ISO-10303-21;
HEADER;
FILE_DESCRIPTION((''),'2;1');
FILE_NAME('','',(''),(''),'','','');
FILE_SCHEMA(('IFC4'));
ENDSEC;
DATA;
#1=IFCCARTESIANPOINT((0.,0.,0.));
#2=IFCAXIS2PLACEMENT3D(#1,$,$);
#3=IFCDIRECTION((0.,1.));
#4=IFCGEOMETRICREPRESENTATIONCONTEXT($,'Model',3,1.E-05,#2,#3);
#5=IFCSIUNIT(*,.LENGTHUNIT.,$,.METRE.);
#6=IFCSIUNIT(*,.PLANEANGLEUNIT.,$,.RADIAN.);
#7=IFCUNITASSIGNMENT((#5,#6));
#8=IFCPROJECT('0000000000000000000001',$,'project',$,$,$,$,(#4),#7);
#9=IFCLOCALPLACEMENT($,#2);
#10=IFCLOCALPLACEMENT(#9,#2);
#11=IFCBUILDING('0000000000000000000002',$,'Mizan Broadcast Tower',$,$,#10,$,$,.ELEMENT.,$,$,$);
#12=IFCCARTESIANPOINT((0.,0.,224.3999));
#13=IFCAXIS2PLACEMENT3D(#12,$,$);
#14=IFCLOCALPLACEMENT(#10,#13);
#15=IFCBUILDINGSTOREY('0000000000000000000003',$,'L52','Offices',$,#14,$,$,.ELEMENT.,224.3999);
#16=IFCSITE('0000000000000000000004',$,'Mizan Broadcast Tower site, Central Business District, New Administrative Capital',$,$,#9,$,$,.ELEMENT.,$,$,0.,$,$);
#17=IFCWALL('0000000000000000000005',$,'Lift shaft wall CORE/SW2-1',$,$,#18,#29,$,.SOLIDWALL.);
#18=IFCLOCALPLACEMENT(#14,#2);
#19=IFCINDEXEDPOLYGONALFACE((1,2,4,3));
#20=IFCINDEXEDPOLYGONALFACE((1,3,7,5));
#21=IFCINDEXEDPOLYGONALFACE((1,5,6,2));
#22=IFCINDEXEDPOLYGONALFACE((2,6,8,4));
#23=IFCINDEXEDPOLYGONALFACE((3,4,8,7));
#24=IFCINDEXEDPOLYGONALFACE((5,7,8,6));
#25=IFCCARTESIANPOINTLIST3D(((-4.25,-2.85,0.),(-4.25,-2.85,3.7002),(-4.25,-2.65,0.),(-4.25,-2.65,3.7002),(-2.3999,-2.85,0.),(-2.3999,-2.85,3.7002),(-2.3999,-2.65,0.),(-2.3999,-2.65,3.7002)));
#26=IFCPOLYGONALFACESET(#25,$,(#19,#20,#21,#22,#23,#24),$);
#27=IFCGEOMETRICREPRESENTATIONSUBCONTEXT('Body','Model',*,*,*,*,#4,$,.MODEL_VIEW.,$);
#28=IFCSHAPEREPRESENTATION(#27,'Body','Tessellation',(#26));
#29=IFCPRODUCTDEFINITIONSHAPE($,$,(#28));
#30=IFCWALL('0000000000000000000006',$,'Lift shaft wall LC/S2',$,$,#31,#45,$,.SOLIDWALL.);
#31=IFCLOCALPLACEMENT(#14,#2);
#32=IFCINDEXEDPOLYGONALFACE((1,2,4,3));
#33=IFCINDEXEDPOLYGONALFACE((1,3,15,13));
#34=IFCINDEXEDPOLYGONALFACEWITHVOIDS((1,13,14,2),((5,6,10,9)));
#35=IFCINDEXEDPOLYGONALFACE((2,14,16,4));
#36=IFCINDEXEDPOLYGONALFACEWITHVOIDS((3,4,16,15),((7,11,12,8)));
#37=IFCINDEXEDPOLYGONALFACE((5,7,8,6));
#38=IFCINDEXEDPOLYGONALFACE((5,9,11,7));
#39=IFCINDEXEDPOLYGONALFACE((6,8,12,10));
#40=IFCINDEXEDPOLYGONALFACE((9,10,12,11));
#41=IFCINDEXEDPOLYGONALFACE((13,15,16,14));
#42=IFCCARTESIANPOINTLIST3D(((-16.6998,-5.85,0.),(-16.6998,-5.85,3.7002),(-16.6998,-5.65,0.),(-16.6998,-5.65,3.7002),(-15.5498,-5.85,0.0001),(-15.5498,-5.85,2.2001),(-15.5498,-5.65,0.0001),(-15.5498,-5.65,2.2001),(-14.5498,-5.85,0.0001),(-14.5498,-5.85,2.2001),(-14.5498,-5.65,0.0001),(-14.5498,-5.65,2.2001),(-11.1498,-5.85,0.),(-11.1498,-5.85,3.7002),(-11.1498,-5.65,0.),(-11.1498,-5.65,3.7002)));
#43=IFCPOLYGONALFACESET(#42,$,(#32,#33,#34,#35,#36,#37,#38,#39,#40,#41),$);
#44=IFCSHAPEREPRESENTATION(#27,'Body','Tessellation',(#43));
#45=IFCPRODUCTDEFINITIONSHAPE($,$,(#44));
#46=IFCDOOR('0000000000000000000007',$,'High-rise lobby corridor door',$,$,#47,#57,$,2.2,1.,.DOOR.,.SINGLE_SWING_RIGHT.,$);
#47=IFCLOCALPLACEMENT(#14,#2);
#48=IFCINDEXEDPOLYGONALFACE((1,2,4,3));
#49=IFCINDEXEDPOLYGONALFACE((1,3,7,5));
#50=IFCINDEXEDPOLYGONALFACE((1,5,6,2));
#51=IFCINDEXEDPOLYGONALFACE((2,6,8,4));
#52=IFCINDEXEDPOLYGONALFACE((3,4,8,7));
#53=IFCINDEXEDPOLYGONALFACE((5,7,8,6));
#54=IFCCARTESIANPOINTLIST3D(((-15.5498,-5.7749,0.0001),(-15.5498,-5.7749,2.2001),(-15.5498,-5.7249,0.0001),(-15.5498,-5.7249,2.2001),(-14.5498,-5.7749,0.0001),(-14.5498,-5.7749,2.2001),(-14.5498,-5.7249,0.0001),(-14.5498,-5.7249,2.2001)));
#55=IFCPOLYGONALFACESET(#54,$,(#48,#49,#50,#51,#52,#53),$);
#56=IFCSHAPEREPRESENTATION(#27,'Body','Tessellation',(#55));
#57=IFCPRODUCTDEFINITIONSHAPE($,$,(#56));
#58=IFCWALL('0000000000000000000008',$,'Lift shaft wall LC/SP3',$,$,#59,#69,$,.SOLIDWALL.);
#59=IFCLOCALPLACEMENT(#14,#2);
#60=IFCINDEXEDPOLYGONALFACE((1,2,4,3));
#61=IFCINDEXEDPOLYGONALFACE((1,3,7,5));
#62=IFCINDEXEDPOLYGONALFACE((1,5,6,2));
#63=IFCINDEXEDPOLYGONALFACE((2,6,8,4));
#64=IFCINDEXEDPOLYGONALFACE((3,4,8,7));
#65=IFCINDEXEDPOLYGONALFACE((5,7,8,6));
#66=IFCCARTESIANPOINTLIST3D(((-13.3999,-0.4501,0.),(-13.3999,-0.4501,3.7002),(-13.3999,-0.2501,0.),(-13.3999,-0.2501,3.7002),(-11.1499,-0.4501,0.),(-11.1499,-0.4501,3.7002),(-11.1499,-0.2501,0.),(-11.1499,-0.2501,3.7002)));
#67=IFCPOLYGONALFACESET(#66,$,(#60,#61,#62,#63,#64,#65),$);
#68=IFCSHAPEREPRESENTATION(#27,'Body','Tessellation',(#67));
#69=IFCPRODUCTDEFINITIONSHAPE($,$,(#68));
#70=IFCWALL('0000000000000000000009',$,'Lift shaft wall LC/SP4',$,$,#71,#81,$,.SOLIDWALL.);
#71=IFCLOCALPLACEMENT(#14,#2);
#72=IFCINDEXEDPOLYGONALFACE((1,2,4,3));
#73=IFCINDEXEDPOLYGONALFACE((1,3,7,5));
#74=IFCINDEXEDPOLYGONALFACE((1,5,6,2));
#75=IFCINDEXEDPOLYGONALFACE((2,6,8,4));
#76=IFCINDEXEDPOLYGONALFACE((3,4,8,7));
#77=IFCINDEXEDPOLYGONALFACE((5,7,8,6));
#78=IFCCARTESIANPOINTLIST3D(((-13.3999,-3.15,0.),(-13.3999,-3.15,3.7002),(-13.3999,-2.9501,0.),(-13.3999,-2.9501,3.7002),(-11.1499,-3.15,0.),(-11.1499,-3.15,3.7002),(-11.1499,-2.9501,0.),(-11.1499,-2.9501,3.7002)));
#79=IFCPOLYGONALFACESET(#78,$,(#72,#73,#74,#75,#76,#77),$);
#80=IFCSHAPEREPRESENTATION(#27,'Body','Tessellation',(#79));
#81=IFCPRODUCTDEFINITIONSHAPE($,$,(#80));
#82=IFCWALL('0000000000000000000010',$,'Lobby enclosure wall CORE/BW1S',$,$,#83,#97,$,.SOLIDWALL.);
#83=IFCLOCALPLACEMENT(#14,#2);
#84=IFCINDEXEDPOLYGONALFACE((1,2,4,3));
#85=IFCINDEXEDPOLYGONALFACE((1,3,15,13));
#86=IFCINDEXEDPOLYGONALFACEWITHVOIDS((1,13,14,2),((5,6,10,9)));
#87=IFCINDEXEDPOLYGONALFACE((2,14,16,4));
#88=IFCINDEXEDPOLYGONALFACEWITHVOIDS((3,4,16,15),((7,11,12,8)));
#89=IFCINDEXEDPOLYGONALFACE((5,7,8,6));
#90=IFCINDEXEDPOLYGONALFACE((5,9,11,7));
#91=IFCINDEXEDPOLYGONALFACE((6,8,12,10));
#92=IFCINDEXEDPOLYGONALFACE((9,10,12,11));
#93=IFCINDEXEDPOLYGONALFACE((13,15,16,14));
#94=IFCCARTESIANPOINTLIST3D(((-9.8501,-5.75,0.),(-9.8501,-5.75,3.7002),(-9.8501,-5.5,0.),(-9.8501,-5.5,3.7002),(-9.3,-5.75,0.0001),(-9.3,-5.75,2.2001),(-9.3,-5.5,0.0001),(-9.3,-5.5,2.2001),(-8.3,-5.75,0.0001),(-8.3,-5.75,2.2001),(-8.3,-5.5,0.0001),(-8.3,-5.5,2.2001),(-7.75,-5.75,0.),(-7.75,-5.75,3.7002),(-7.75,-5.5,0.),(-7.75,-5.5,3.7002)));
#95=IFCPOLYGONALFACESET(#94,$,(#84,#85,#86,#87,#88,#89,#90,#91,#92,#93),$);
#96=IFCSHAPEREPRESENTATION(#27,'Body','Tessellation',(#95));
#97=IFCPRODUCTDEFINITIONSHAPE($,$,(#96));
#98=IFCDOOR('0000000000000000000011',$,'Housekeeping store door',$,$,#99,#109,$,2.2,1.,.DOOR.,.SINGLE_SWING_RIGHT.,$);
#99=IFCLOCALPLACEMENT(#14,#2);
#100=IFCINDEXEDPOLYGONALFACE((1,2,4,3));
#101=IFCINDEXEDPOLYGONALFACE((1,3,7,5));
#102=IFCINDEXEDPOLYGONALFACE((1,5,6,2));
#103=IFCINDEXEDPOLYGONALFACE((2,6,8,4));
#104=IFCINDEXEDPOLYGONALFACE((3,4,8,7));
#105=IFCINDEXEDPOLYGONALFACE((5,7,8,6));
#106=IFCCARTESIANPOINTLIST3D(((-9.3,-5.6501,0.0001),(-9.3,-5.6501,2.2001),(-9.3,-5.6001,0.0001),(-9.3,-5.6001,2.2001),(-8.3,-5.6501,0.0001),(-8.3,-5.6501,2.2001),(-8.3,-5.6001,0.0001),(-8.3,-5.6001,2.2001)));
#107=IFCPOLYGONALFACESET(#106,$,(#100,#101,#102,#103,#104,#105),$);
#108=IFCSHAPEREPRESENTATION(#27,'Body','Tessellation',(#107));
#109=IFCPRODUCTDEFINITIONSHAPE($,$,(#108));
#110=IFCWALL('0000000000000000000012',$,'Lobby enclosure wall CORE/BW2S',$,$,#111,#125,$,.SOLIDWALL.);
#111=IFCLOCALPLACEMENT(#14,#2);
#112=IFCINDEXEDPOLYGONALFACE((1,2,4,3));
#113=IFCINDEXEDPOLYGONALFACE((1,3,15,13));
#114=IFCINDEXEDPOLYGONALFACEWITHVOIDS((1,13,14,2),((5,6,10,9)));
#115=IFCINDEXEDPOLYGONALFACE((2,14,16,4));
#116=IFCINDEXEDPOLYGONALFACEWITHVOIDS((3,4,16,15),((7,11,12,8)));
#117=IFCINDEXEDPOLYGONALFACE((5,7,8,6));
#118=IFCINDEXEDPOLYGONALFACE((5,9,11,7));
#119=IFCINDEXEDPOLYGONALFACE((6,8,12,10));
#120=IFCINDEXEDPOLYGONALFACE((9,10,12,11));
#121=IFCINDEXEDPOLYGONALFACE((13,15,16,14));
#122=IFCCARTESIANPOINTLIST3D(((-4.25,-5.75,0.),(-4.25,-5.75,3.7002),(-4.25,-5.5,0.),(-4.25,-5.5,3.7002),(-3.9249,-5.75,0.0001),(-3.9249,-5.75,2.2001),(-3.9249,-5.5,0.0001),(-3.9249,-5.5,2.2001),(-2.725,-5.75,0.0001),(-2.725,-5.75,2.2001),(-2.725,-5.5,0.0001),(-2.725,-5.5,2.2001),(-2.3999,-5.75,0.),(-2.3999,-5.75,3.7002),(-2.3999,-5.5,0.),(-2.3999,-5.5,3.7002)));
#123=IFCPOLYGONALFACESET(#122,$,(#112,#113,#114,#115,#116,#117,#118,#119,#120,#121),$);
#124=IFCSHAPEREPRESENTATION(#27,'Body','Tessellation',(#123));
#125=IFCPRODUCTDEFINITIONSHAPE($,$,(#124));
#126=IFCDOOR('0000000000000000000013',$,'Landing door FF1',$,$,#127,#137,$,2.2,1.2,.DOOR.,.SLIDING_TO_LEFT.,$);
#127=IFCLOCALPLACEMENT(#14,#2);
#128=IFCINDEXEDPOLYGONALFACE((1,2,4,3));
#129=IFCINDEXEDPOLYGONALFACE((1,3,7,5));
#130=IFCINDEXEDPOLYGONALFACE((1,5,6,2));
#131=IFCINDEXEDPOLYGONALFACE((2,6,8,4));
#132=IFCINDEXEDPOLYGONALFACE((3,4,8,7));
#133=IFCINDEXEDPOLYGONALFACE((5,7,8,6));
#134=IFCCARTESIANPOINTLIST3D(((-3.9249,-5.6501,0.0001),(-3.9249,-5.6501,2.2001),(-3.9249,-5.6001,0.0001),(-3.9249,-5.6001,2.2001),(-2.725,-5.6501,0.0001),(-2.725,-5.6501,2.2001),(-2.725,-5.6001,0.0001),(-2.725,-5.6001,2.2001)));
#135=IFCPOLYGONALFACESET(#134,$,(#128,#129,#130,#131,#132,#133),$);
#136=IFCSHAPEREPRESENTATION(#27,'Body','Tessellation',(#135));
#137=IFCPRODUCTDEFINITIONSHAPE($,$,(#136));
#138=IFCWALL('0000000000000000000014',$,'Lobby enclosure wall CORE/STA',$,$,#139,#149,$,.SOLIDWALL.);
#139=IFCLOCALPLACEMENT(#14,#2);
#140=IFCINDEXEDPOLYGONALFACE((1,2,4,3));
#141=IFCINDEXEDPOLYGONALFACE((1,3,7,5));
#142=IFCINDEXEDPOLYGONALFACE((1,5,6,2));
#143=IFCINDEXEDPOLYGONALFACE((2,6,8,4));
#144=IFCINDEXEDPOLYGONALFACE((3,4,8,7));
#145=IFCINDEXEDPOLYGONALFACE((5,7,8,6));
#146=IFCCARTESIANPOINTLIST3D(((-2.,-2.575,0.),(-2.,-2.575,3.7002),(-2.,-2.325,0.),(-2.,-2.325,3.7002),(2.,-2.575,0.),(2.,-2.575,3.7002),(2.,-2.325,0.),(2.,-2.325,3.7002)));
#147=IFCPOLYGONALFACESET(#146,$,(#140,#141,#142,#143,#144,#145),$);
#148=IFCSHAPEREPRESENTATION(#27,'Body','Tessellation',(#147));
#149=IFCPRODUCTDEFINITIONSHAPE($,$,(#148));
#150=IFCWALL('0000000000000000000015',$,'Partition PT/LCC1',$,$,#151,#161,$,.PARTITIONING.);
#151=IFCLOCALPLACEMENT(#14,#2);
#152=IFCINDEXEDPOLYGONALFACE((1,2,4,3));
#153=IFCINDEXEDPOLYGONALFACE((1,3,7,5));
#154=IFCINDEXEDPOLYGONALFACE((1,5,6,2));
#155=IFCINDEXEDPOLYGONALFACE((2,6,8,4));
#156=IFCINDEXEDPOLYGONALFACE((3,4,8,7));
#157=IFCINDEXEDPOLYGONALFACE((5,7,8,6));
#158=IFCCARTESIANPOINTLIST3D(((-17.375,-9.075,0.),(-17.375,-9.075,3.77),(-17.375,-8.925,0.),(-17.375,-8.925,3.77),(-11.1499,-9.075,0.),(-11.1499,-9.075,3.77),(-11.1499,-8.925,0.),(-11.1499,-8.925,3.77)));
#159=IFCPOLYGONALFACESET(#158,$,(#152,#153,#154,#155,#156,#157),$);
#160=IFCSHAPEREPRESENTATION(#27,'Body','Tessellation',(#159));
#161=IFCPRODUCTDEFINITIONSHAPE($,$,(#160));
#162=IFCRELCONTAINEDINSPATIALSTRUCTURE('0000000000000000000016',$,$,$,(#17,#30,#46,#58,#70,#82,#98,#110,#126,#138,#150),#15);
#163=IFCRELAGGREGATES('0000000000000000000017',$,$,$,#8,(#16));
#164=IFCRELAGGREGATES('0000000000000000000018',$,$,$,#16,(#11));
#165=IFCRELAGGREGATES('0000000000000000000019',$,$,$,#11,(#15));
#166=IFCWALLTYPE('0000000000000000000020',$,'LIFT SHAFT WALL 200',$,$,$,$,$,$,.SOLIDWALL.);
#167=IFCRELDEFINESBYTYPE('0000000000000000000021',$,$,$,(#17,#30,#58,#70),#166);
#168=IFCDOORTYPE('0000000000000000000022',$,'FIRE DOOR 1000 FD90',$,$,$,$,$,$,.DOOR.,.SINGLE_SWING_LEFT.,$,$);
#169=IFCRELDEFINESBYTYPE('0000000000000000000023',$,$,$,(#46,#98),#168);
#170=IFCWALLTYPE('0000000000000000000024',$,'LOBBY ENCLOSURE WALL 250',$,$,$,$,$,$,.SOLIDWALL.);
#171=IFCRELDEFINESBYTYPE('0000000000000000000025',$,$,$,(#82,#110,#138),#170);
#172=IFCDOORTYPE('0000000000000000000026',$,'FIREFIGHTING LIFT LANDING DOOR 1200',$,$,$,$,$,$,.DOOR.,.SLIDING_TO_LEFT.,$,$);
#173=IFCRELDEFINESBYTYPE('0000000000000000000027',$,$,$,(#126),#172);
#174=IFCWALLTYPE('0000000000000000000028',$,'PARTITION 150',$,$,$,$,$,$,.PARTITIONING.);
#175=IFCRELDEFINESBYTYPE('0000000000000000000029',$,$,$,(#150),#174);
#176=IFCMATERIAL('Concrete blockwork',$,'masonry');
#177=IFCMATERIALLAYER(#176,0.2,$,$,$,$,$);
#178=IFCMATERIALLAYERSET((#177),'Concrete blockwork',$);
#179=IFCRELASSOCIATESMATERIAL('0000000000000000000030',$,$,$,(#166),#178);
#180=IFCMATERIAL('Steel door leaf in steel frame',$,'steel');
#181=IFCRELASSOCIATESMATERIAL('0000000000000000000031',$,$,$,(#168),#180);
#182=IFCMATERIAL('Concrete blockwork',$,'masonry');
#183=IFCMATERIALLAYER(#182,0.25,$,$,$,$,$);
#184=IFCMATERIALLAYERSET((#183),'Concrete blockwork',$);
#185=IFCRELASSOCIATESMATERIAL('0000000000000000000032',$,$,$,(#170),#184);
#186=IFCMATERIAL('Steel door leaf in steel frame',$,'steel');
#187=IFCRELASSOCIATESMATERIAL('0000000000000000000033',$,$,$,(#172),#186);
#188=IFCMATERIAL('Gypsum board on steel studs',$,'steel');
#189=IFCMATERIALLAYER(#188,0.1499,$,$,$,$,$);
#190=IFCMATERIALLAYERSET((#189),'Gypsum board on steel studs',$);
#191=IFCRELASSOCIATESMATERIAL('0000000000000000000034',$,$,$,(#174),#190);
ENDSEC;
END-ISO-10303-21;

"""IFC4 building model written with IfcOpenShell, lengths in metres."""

from ifc_helpers import new_model, si_unit, direction, frame, frame_2d, origin, place, context, subcontext, project, spatial, rectangle, extrude, material, layer, layer_set, type_object, element, fill, save


model = new_model("IFC4")

# Units and contexts
model_context = context("Model", 3, precision=1e-05, world=origin(), true_north=direction((0.0, 1.0)))
body_context = subcontext(model_context, "Body", "Model", "MODEL_VIEW")
ifc_project = project(units=[si_unit("LENGTHUNIT", "METRE"), si_unit("PLANEANGLEUNIT", "RADIAN")], contexts=[model_context])

# Site, building, storey
site_placement = place(None, origin())
site = spatial("IfcSite", under=ifc_project, at=site_placement, Name="Mizan Broadcast Tower site, Central Business District, New Administrative Capital", CompositionType="ELEMENT", RefElevation=0.0)
building_placement = place(site_placement, origin())
building = spatial("IfcBuilding", under=site, at=building_placement, Name="Mizan Broadcast Tower", CompositionType="ELEMENT")
storey_placement = place(building_placement, frame((0.0, 0.0, 224.3999)))
storey = spatial("IfcBuildingStorey", under=building, at=storey_placement, Name="L52", Description="Offices", CompositionType="ELEMENT", Elevation=224.3999)

# Wall
ifc_material_1 = material(Name="Concrete blockwork", Category="masonry")
ifc_layer_1 = layer(ifc_material_1, 0.2)
ifc_layer_set_1 = layer_set([ifc_layer_1], Name="Concrete blockwork")
wall_type_1 = type_object("IfcWallType", Name="LIFT SHAFT WALL 200", PredefinedType="SOLIDWALL", material=ifc_layer_set_1)
wall_1_placement = place(storey_placement, frame((-4.25, -2.75, 0.0), z_axis=(0.0, 0.0, 1.0), x_axis=(1.0, 0.0, 0.0)))
element("IfcWall", 1, at=wall_1_placement, inside=storey, type_object=wall_type_1, Name="Lift shaft wall CORE/SW2-1", PredefinedType="SOLIDWALL", context=body_context, shape_type="SweptSolid", body=[
    extrude(rectangle(XDim=1.8501, YDim=0.2, at=frame_2d((0.925, 0.0))), origin(), (0.0, 0.0, 1.0), 3.7002),
])

# Wall, opening, door
wall_2_placement = place(storey_placement, frame((-11.1499, -5.75, 0.0), z_axis=(0.0, 0.0, 1.0), x_axis=(-1.0, 0.0, 0.0)))
wall_2 = element("IfcWall", 2, at=wall_2_placement, inside=storey, type_object=wall_type_1, Name="Lift shaft wall LC/S2", PredefinedType="SOLIDWALL", context=body_context, shape_type="SweptSolid", body=[
    extrude(rectangle(XDim=5.55, YDim=0.2, at=frame_2d((2.7749, 0.0))), origin(), (0.0, 0.0, 1.0), 3.7002),
])
opening_1_placement = place(wall_2_placement, frame((3.3999, 0.0, 0.0)))
opening_1 = element("IfcOpeningElement", 3, at=opening_1_placement, cuts=wall_2, PredefinedType="OPENING", context=body_context, shape_type="SweptSolid", body=[
    extrude(rectangle(XDim=1.0, YDim=2.2, at=frame_2d((0.5, 1.1001))), frame((0.0, 0.1099, 0.0), z_axis=(0.0, -1.0, 0.0), x_axis=(1.0, 0.0, 0.0)), (0.0, 0.0, 1.0), 0.22),
])
ifc_material_2 = material(Name="Steel door leaf in steel frame", Category="steel")
door_type_1 = type_object("IfcDoorType", Name="FIRE DOOR 1000 FD90", OperationType="SINGLE_SWING_LEFT", PredefinedType="DOOR", material=ifc_material_2)
door_1_placement = place(opening_1_placement, origin())
door_1 = element("IfcDoor", 4, at=door_1_placement, inside=storey, type_object=door_type_1, Name="High-rise lobby corridor door", OperationType="SINGLE_SWING_RIGHT", OverallHeight=2.2, OverallWidth=1.0, PredefinedType="DOOR", context=body_context, shape_type="SweptSolid", body=[
    extrude(rectangle(XDim=1.0, YDim=2.2, at=frame_2d((0.5, 1.1001))), frame((0.0, 0.0249, 0.0), z_axis=(0.0, -1.0, 0.0), x_axis=(1.0, 0.0, 0.0)), (0.0, 0.0, 1.0), 0.05),
])
fill(opening_1, door_1)

# Walls
for number, where, z_axis, x_axis, name in (
    (5, (-11.1499, -0.3501, 0.0), (0.0, 0.0, 1.0), (-1.0, 0.0, 0.0), "Lift shaft wall LC/SP3"),
    (6, (-11.1499, -3.05, 0.0), (0.0, 0.0, 1.0), (-1.0, 0.0, 0.0), "Lift shaft wall LC/SP4"),
):
    element("IfcWall", number, at=place(storey_placement, frame(where, z_axis=z_axis, x_axis=x_axis)), inside=storey, type_object=wall_type_1, Name=name, PredefinedType="SOLIDWALL", context=body_context, shape_type="SweptSolid", body=[
        extrude(rectangle(XDim=2.25, YDim=0.2, at=frame_2d((1.125, 0.0))), origin(), (0.0, 0.0, 1.0), 3.7002),
    ])

# Walls, openings, doors
ifc_material_3 = material(Name="Concrete blockwork", Category="masonry")
ifc_layer_2 = layer(ifc_material_3, 0.25)
ifc_layer_set_2 = layer_set([ifc_layer_2], Name="Concrete blockwork")
wall_type_2 = type_object("IfcWallType", Name="LOBBY ENCLOSURE WALL 250", PredefinedType="SOLIDWALL", material=ifc_layer_set_2)
wall_3_placement = place(storey_placement, frame((-9.8501, -5.625, 0.0), z_axis=(0.0, 0.0, 1.0), x_axis=(1.0, 0.0, 0.0)))
wall_3 = element("IfcWall", 7, at=wall_3_placement, inside=storey, type_object=wall_type_2, Name="Lobby enclosure wall CORE/BW1S", PredefinedType="SOLIDWALL", context=body_context, shape_type="SweptSolid", body=[
    extrude(rectangle(XDim=2.1001, YDim=0.25, at=frame_2d((1.05, 0.0))), origin(), (0.0, 0.0, 1.0), 3.7002),
])
opening_2_placement = place(wall_3_placement, frame((0.55, 0.0, 0.0)))
opening_2 = element("IfcOpeningElement", 8, at=opening_2_placement, cuts=wall_3, PredefinedType="OPENING", context=body_context, shape_type="SweptSolid", body=[
    extrude(rectangle(XDim=1.0, YDim=2.2, at=frame_2d((0.5, 1.1001))), frame((0.0, 0.135, 0.0), z_axis=(0.0, -1.0, 0.0), x_axis=(1.0, 0.0, 0.0)), (0.0, 0.0, 1.0), 0.27),
])
door_2_placement = place(opening_2_placement, origin())
door_2 = element("IfcDoor", 9, at=door_2_placement, inside=storey, type_object=door_type_1, Name="Housekeeping store door", OperationType="SINGLE_SWING_RIGHT", OverallHeight=2.2, OverallWidth=1.0, PredefinedType="DOOR", context=body_context, shape_type="SweptSolid", body=[
    extrude(rectangle(XDim=1.0, YDim=2.2, at=frame_2d((0.5, 1.1001))), frame((0.0, 0.0249, 0.0), z_axis=(0.0, -1.0, 0.0), x_axis=(1.0, 0.0, 0.0)), (0.0, 0.0, 1.0), 0.05),
])
fill(opening_2, door_2)
wall_4_placement = place(storey_placement, frame((-4.25, -5.625, 0.0), z_axis=(0.0, 0.0, 1.0), x_axis=(1.0, 0.0, 0.0)))
wall_4 = element("IfcWall", 10, at=wall_4_placement, inside=storey, type_object=wall_type_2, Name="Lobby enclosure wall CORE/BW2S", PredefinedType="SOLIDWALL", context=body_context, shape_type="SweptSolid", body=[
    extrude(rectangle(XDim=1.8501, YDim=0.25, at=frame_2d((0.925, 0.0))), origin(), (0.0, 0.0, 1.0), 3.7002),
])
opening_3_placement = place(wall_4_placement, frame((0.325, 0.0, 0.0)))
opening_3 = element("IfcOpeningElement", 11, at=opening_3_placement, cuts=wall_4, PredefinedType="OPENING", context=body_context, shape_type="SweptSolid", body=[
    extrude(rectangle(XDim=1.2, YDim=2.2, at=frame_2d((0.6001, 1.1001))), frame((0.0, 0.135, 0.0), z_axis=(0.0, -1.0, 0.0), x_axis=(1.0, 0.0, 0.0)), (0.0, 0.0, 1.0), 0.27),
])
ifc_material_4 = material(Name="Steel door leaf in steel frame", Category="steel")
door_type_2 = type_object("IfcDoorType", Name="FIREFIGHTING LIFT LANDING DOOR 1200", OperationType="SLIDING_TO_LEFT", PredefinedType="DOOR", material=ifc_material_4)
door_3_placement = place(opening_3_placement, origin())
door_3 = element("IfcDoor", 12, at=door_3_placement, inside=storey, type_object=door_type_2, Name="Landing door FF1", OperationType="SLIDING_TO_LEFT", OverallHeight=2.2, OverallWidth=1.2, PredefinedType="DOOR", context=body_context, shape_type="SweptSolid", body=[
    extrude(rectangle(XDim=1.2, YDim=2.2, at=frame_2d((0.6001, 1.1001))), frame((0.0, 0.0249, 0.0), z_axis=(0.0, -1.0, 0.0), x_axis=(1.0, 0.0, 0.0)), (0.0, 0.0, 1.0), 0.05),
])
fill(opening_3, door_3)

# Walls
wall_5_placement = place(storey_placement, frame((-2.0, -2.45, 0.0), z_axis=(0.0, 0.0, 1.0), x_axis=(1.0, 0.0, 0.0)))
element("IfcWall", 13, at=wall_5_placement, inside=storey, type_object=wall_type_2, Name="Lobby enclosure wall CORE/STA", PredefinedType="SOLIDWALL", context=body_context, shape_type="SweptSolid", body=[
    extrude(rectangle(XDim=4.0, YDim=0.25, at=frame_2d((2.0, 0.0))), origin(), (0.0, 0.0, 1.0), 3.7002),
])
ifc_material_5 = material(Name="Gypsum board on steel studs", Category="steel")
ifc_layer_3 = layer(ifc_material_5, 0.1499)
ifc_layer_set_3 = layer_set([ifc_layer_3], Name="Gypsum board on steel studs")
wall_type_3 = type_object("IfcWallType", Name="PARTITION 150", PredefinedType="PARTITIONING", material=ifc_layer_set_3)
wall_6_placement = place(storey_placement, frame((-11.1499, -9.0, 0.0), z_axis=(0.0, 0.0, 1.0), x_axis=(-1.0, 0.0, 0.0)))
element("IfcWall", 14, at=wall_6_placement, inside=storey, type_object=wall_type_3, Name="Partition PT/LCC1", PredefinedType="PARTITIONING", context=body_context, shape_type="SweptSolid", body=[
    extrude(rectangle(XDim=6.2251, YDim=0.1499, at=frame_2d((3.1125, 0.0))), origin(), (0.0, 0.0, 1.0), 3.77),
])

save(model, "model.ifc")
